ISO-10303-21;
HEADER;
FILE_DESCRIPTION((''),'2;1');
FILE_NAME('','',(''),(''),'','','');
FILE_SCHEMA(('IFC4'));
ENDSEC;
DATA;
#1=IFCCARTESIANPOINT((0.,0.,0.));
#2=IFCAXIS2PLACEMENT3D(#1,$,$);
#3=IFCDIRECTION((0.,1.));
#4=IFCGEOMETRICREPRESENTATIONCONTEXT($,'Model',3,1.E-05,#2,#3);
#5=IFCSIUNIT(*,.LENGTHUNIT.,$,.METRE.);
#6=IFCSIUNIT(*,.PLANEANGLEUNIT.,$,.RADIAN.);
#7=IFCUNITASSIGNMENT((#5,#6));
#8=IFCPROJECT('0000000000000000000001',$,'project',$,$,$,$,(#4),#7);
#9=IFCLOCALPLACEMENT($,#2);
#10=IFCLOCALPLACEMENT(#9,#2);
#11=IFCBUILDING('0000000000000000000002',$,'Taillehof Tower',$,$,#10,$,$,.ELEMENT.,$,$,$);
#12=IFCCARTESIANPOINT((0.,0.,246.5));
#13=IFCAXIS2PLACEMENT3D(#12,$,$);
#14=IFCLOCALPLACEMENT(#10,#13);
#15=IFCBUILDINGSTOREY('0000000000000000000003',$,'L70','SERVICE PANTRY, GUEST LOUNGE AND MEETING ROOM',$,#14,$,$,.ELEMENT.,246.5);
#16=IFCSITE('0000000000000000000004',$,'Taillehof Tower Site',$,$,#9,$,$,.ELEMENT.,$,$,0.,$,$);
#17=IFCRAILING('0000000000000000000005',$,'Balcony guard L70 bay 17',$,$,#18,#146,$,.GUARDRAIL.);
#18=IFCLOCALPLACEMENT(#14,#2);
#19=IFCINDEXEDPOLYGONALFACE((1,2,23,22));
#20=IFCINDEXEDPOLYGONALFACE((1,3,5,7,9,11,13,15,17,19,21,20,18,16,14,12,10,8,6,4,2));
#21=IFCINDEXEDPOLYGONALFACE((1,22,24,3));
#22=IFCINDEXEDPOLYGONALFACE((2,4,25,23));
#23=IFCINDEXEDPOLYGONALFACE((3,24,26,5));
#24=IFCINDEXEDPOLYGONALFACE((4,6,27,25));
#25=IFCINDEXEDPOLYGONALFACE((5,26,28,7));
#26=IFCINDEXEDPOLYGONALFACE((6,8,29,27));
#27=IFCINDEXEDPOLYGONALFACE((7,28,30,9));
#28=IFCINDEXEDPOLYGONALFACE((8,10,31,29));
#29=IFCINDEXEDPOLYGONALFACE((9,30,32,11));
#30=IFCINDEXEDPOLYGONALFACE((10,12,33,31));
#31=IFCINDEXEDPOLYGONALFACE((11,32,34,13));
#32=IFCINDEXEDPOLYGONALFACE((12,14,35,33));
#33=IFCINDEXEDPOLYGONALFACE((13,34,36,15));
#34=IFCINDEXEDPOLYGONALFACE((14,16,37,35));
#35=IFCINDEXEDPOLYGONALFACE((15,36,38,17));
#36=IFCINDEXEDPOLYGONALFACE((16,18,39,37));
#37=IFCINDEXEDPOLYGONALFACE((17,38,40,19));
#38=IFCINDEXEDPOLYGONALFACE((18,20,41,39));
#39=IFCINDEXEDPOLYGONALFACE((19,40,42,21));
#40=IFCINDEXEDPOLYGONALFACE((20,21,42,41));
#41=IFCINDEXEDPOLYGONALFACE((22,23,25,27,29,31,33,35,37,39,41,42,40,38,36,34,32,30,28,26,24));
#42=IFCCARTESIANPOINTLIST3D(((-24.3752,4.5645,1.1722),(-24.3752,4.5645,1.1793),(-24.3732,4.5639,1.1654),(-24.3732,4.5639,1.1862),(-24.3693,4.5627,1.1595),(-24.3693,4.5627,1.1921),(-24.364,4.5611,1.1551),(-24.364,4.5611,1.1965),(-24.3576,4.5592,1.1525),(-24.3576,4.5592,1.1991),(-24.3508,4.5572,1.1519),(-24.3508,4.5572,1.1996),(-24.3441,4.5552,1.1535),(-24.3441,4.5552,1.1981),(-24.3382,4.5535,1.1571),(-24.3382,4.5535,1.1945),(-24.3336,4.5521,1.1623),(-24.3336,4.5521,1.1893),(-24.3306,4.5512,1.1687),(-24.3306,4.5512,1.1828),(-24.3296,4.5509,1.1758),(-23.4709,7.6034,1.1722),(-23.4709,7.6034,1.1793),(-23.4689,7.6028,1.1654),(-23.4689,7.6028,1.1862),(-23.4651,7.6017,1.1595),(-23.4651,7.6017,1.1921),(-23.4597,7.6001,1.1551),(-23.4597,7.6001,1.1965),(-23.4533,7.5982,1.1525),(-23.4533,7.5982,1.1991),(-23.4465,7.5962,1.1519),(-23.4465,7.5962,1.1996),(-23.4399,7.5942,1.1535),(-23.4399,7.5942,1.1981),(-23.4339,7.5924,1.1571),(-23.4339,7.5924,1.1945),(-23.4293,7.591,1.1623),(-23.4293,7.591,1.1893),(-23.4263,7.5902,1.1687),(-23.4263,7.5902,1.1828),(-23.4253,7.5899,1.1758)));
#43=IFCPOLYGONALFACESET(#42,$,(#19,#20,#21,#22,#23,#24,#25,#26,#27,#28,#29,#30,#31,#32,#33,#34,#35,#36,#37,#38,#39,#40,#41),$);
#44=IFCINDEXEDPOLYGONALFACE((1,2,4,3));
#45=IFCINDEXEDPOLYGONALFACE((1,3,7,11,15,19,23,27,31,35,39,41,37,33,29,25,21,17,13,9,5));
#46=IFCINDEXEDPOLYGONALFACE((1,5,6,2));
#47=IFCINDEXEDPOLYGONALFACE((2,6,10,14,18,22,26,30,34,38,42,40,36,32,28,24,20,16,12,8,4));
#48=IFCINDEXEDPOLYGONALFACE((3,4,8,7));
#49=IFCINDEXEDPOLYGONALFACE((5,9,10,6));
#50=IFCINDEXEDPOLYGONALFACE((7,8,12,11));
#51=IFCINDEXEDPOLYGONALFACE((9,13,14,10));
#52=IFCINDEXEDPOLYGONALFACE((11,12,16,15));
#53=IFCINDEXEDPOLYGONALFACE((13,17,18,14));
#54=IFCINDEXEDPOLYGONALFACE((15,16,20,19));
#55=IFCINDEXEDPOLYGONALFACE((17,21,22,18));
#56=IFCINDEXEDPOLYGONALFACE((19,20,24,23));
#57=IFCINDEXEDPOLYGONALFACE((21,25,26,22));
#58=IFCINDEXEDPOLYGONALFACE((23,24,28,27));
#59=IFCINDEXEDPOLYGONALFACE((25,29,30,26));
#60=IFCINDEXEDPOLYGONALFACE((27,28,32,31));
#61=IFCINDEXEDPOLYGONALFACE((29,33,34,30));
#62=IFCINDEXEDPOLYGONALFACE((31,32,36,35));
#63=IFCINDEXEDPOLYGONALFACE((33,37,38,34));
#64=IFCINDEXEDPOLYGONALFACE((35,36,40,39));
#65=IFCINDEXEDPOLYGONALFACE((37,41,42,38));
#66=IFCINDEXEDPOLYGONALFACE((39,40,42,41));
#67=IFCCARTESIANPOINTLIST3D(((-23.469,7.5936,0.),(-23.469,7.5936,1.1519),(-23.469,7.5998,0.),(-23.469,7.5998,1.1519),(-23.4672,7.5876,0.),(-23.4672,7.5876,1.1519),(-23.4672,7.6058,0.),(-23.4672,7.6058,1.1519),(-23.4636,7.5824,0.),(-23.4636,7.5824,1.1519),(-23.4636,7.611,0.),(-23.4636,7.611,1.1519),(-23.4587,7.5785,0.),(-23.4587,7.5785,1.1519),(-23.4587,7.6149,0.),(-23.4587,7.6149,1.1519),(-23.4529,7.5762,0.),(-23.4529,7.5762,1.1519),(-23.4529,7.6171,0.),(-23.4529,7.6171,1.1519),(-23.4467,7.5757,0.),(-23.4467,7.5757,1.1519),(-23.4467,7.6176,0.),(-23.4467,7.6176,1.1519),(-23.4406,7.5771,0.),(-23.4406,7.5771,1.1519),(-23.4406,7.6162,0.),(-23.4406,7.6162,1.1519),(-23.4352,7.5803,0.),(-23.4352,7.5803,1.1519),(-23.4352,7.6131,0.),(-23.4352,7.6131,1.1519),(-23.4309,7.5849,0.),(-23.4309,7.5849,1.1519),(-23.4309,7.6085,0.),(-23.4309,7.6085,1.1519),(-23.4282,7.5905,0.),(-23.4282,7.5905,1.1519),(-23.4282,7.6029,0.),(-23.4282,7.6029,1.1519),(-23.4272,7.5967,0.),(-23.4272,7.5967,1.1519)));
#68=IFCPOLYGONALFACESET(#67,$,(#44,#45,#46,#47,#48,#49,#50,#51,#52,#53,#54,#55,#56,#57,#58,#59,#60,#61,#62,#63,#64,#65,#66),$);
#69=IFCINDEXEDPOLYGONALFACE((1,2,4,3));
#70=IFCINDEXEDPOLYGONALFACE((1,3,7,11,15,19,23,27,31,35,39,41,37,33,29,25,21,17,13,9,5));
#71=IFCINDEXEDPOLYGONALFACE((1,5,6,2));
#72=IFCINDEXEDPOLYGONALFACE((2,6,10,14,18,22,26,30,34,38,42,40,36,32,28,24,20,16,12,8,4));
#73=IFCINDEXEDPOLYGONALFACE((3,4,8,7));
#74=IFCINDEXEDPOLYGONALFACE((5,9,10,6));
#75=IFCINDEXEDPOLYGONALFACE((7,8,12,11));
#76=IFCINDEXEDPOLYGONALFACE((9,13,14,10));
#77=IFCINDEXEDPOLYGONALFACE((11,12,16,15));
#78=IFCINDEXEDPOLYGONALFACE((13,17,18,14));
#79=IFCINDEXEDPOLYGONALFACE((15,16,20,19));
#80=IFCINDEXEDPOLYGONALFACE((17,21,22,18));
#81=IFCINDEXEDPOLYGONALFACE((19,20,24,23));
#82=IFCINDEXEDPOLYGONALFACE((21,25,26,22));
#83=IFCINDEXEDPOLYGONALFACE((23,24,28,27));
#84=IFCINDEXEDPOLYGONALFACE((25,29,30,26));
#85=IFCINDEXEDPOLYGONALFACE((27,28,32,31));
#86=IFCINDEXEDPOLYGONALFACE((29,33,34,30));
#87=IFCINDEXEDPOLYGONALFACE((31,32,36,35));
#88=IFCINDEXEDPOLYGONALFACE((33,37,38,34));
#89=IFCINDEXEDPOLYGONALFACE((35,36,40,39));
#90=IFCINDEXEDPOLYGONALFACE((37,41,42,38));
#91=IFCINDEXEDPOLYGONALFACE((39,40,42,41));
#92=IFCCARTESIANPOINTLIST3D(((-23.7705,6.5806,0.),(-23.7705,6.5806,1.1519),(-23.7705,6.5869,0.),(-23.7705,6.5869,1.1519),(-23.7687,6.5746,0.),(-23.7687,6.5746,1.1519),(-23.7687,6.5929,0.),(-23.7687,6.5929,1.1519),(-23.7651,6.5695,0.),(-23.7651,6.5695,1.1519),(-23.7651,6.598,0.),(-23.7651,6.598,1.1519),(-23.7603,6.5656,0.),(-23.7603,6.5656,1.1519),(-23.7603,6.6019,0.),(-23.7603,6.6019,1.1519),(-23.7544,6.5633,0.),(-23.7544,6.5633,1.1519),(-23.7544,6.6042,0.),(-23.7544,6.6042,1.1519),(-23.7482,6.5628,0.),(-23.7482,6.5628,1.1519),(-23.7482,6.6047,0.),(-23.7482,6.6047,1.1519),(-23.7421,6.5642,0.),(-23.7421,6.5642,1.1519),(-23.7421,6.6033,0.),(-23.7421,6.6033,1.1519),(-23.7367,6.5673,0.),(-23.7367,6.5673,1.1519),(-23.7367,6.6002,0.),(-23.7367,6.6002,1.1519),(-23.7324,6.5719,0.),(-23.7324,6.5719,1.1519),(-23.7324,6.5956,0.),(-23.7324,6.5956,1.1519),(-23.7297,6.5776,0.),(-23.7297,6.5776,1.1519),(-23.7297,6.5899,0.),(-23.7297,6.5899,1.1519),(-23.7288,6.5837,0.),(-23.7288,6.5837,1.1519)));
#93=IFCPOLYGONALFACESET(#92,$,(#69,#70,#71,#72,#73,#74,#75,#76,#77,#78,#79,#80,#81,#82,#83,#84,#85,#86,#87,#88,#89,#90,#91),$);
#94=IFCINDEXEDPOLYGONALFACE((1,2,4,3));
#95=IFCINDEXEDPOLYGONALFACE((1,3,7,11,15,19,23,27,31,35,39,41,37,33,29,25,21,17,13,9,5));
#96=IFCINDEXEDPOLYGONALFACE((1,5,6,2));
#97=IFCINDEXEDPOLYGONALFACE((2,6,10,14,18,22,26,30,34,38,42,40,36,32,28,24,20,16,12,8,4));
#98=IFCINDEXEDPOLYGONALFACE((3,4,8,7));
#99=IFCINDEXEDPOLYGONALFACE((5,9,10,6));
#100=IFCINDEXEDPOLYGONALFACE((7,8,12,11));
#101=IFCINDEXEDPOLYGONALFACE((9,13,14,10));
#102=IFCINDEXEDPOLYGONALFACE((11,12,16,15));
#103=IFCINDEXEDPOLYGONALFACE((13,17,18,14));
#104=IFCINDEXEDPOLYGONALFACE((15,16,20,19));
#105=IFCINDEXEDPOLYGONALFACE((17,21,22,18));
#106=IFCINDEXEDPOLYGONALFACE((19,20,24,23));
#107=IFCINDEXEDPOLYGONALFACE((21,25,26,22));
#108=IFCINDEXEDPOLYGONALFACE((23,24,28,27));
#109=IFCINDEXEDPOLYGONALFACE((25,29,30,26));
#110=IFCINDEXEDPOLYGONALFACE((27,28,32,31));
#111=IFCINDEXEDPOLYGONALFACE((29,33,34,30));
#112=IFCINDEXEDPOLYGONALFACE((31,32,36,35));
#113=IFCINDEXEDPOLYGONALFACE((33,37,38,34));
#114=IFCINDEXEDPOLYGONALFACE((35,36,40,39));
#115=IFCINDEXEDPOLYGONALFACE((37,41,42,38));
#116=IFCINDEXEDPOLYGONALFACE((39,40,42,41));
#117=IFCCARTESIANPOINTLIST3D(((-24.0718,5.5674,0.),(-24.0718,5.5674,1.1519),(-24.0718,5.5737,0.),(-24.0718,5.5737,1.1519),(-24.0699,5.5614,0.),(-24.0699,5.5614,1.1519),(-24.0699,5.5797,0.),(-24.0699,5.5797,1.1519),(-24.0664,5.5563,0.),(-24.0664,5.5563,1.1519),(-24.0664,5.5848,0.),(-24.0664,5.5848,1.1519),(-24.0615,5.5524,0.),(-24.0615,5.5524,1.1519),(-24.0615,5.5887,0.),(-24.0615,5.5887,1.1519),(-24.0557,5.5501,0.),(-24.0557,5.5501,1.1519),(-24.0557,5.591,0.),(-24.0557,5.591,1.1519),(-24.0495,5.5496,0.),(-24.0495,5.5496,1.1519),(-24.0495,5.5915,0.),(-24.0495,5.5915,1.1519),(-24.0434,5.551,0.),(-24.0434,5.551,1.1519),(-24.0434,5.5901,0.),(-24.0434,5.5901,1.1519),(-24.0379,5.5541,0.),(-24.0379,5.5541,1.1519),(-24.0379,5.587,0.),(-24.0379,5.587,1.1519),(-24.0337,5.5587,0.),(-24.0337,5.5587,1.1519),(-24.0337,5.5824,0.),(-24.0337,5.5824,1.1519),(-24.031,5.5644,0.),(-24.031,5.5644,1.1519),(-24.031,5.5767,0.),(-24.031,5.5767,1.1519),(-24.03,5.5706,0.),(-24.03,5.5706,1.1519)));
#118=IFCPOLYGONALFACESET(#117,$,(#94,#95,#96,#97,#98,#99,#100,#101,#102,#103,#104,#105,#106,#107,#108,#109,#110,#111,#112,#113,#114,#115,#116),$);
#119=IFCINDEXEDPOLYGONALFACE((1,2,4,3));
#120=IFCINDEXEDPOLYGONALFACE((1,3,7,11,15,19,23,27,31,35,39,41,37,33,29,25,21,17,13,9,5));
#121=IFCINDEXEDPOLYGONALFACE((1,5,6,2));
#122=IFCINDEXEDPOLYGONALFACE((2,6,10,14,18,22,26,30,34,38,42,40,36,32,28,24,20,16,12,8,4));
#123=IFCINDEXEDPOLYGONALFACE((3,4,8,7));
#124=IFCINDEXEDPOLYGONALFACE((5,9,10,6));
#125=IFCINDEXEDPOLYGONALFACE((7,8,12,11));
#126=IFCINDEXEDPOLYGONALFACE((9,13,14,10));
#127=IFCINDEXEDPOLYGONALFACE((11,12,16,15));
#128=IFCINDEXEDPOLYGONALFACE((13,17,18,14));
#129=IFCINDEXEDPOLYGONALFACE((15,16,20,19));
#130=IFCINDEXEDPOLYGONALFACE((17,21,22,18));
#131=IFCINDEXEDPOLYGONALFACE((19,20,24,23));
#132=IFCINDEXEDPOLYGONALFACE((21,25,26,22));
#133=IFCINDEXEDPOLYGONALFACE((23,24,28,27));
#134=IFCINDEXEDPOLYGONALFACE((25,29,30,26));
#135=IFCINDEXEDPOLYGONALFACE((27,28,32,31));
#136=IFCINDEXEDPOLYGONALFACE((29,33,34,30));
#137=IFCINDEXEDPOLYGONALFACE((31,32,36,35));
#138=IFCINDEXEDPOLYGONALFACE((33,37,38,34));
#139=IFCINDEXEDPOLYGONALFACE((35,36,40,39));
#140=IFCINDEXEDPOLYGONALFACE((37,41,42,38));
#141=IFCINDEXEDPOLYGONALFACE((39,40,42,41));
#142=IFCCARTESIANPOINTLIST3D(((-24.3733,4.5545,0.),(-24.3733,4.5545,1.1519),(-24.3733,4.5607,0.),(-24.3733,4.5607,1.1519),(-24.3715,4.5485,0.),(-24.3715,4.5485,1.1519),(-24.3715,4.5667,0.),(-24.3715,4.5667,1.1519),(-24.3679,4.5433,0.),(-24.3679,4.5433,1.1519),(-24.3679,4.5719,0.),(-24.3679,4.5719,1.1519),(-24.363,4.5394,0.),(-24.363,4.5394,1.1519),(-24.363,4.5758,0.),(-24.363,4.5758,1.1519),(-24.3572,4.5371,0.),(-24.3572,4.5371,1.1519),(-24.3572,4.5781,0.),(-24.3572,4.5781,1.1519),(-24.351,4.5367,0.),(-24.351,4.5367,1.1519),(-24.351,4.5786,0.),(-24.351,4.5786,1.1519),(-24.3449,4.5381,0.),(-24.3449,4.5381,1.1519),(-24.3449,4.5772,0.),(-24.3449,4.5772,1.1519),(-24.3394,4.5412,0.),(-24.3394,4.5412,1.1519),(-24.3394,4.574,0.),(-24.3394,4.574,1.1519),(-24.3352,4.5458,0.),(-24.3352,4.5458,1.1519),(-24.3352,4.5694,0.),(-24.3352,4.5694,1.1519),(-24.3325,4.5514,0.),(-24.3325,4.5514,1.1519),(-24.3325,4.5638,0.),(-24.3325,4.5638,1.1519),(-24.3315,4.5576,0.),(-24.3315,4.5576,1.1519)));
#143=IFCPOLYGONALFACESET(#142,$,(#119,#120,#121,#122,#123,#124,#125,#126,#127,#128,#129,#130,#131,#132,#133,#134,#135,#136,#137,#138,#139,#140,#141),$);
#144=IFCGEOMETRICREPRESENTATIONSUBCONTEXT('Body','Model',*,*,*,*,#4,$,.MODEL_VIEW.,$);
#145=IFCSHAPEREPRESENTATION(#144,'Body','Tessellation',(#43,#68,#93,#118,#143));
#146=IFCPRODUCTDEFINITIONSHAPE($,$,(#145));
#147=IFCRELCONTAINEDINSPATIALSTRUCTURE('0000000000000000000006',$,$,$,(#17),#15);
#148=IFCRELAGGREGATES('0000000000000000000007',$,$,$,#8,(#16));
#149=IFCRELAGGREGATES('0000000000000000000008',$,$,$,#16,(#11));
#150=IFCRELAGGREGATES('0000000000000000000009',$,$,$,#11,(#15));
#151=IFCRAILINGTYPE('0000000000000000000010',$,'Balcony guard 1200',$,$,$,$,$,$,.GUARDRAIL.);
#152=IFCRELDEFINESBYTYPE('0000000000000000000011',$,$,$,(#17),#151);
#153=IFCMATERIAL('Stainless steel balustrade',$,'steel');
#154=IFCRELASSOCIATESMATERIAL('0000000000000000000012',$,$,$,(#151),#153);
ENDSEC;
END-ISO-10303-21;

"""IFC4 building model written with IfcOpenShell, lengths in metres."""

from ifc_helpers import new_model, si_unit, direction, frame, origin, origin_2d, place, context, subcontext, project, spatial, circle, extrude, material, type_object, element, save


model = new_model("IFC4")

# Units and contexts
model_context = context("Model", 3, precision=1e-05, world=origin(), true_north=direction((0.0, 1.0)))
body_context = subcontext(model_context, "Body", "Model", "MODEL_VIEW")
ifc_project = project(units=[si_unit("LENGTHUNIT", "METRE"), si_unit("PLANEANGLEUNIT", "RADIAN")], contexts=[model_context])

# Site, building, storey
site_placement = place(None, origin())
site = spatial("IfcSite", under=ifc_project, at=site_placement, Name="Taillehof Tower Site", CompositionType="ELEMENT", RefElevation=0.0)
building_placement = place(site_placement, origin())
building = spatial("IfcBuilding", under=site, at=building_placement, Name="Taillehof Tower", CompositionType="ELEMENT")
storey_placement = place(building_placement, frame((0.0, 0.0, 246.5)))
storey = spatial("IfcBuildingStorey", under=building, at=storey_placement, Name="L70", Description="SERVICE PANTRY, GUEST LOUNGE AND MEETING ROOM", CompositionType="ELEMENT", Elevation=246.5)

# Railing
ifc_material_1 = material(Name="Stainless steel balustrade", Category="steel")
railing_type = type_object("IfcRailingType", Name="Balcony guard 1200", PredefinedType="GUARDRAIL", material=ifc_material_1)
railing_placement = place(storey_placement, frame((-23.4482, 7.5967, 0.0)))
element("IfcRailing", 1, at=railing_placement, inside=storey, type_object=railing_type, Name="Balcony guard L70 bay 17", PredefinedType="GUARDRAIL", context=body_context, shape_type="SweptSolid", body=[
    extrude(circle(Radius=0.0239, at=origin_2d()), frame((0.0, 0.0, 1.1758), z_axis=(-0.2852, -0.958468, 0.0), x_axis=(0.958468, -0.2852, 0.0)), (0.0, 0.0, 1.0), 3.1707),
    extrude(circle(Radius=0.021, at=origin_2d()), origin(), (0.0, 0.0, 1.0), 1.1519),
    extrude(circle(Radius=0.021, at=origin_2d()), frame((-0.3015, -1.0129, 0.0)), (0.0, 0.0, 1.0), 1.1519),
    extrude(circle(Radius=0.021, at=origin_2d()), frame((-0.6028, -2.0261, 0.0)), (0.0, 0.0, 1.0), 1.1519),
    extrude(circle(Radius=0.021, at=origin_2d()), frame((-0.9043, -3.0391, 0.0)), (0.0, 0.0, 1.0), 1.1519),
])

save(model, "model.ifc")
